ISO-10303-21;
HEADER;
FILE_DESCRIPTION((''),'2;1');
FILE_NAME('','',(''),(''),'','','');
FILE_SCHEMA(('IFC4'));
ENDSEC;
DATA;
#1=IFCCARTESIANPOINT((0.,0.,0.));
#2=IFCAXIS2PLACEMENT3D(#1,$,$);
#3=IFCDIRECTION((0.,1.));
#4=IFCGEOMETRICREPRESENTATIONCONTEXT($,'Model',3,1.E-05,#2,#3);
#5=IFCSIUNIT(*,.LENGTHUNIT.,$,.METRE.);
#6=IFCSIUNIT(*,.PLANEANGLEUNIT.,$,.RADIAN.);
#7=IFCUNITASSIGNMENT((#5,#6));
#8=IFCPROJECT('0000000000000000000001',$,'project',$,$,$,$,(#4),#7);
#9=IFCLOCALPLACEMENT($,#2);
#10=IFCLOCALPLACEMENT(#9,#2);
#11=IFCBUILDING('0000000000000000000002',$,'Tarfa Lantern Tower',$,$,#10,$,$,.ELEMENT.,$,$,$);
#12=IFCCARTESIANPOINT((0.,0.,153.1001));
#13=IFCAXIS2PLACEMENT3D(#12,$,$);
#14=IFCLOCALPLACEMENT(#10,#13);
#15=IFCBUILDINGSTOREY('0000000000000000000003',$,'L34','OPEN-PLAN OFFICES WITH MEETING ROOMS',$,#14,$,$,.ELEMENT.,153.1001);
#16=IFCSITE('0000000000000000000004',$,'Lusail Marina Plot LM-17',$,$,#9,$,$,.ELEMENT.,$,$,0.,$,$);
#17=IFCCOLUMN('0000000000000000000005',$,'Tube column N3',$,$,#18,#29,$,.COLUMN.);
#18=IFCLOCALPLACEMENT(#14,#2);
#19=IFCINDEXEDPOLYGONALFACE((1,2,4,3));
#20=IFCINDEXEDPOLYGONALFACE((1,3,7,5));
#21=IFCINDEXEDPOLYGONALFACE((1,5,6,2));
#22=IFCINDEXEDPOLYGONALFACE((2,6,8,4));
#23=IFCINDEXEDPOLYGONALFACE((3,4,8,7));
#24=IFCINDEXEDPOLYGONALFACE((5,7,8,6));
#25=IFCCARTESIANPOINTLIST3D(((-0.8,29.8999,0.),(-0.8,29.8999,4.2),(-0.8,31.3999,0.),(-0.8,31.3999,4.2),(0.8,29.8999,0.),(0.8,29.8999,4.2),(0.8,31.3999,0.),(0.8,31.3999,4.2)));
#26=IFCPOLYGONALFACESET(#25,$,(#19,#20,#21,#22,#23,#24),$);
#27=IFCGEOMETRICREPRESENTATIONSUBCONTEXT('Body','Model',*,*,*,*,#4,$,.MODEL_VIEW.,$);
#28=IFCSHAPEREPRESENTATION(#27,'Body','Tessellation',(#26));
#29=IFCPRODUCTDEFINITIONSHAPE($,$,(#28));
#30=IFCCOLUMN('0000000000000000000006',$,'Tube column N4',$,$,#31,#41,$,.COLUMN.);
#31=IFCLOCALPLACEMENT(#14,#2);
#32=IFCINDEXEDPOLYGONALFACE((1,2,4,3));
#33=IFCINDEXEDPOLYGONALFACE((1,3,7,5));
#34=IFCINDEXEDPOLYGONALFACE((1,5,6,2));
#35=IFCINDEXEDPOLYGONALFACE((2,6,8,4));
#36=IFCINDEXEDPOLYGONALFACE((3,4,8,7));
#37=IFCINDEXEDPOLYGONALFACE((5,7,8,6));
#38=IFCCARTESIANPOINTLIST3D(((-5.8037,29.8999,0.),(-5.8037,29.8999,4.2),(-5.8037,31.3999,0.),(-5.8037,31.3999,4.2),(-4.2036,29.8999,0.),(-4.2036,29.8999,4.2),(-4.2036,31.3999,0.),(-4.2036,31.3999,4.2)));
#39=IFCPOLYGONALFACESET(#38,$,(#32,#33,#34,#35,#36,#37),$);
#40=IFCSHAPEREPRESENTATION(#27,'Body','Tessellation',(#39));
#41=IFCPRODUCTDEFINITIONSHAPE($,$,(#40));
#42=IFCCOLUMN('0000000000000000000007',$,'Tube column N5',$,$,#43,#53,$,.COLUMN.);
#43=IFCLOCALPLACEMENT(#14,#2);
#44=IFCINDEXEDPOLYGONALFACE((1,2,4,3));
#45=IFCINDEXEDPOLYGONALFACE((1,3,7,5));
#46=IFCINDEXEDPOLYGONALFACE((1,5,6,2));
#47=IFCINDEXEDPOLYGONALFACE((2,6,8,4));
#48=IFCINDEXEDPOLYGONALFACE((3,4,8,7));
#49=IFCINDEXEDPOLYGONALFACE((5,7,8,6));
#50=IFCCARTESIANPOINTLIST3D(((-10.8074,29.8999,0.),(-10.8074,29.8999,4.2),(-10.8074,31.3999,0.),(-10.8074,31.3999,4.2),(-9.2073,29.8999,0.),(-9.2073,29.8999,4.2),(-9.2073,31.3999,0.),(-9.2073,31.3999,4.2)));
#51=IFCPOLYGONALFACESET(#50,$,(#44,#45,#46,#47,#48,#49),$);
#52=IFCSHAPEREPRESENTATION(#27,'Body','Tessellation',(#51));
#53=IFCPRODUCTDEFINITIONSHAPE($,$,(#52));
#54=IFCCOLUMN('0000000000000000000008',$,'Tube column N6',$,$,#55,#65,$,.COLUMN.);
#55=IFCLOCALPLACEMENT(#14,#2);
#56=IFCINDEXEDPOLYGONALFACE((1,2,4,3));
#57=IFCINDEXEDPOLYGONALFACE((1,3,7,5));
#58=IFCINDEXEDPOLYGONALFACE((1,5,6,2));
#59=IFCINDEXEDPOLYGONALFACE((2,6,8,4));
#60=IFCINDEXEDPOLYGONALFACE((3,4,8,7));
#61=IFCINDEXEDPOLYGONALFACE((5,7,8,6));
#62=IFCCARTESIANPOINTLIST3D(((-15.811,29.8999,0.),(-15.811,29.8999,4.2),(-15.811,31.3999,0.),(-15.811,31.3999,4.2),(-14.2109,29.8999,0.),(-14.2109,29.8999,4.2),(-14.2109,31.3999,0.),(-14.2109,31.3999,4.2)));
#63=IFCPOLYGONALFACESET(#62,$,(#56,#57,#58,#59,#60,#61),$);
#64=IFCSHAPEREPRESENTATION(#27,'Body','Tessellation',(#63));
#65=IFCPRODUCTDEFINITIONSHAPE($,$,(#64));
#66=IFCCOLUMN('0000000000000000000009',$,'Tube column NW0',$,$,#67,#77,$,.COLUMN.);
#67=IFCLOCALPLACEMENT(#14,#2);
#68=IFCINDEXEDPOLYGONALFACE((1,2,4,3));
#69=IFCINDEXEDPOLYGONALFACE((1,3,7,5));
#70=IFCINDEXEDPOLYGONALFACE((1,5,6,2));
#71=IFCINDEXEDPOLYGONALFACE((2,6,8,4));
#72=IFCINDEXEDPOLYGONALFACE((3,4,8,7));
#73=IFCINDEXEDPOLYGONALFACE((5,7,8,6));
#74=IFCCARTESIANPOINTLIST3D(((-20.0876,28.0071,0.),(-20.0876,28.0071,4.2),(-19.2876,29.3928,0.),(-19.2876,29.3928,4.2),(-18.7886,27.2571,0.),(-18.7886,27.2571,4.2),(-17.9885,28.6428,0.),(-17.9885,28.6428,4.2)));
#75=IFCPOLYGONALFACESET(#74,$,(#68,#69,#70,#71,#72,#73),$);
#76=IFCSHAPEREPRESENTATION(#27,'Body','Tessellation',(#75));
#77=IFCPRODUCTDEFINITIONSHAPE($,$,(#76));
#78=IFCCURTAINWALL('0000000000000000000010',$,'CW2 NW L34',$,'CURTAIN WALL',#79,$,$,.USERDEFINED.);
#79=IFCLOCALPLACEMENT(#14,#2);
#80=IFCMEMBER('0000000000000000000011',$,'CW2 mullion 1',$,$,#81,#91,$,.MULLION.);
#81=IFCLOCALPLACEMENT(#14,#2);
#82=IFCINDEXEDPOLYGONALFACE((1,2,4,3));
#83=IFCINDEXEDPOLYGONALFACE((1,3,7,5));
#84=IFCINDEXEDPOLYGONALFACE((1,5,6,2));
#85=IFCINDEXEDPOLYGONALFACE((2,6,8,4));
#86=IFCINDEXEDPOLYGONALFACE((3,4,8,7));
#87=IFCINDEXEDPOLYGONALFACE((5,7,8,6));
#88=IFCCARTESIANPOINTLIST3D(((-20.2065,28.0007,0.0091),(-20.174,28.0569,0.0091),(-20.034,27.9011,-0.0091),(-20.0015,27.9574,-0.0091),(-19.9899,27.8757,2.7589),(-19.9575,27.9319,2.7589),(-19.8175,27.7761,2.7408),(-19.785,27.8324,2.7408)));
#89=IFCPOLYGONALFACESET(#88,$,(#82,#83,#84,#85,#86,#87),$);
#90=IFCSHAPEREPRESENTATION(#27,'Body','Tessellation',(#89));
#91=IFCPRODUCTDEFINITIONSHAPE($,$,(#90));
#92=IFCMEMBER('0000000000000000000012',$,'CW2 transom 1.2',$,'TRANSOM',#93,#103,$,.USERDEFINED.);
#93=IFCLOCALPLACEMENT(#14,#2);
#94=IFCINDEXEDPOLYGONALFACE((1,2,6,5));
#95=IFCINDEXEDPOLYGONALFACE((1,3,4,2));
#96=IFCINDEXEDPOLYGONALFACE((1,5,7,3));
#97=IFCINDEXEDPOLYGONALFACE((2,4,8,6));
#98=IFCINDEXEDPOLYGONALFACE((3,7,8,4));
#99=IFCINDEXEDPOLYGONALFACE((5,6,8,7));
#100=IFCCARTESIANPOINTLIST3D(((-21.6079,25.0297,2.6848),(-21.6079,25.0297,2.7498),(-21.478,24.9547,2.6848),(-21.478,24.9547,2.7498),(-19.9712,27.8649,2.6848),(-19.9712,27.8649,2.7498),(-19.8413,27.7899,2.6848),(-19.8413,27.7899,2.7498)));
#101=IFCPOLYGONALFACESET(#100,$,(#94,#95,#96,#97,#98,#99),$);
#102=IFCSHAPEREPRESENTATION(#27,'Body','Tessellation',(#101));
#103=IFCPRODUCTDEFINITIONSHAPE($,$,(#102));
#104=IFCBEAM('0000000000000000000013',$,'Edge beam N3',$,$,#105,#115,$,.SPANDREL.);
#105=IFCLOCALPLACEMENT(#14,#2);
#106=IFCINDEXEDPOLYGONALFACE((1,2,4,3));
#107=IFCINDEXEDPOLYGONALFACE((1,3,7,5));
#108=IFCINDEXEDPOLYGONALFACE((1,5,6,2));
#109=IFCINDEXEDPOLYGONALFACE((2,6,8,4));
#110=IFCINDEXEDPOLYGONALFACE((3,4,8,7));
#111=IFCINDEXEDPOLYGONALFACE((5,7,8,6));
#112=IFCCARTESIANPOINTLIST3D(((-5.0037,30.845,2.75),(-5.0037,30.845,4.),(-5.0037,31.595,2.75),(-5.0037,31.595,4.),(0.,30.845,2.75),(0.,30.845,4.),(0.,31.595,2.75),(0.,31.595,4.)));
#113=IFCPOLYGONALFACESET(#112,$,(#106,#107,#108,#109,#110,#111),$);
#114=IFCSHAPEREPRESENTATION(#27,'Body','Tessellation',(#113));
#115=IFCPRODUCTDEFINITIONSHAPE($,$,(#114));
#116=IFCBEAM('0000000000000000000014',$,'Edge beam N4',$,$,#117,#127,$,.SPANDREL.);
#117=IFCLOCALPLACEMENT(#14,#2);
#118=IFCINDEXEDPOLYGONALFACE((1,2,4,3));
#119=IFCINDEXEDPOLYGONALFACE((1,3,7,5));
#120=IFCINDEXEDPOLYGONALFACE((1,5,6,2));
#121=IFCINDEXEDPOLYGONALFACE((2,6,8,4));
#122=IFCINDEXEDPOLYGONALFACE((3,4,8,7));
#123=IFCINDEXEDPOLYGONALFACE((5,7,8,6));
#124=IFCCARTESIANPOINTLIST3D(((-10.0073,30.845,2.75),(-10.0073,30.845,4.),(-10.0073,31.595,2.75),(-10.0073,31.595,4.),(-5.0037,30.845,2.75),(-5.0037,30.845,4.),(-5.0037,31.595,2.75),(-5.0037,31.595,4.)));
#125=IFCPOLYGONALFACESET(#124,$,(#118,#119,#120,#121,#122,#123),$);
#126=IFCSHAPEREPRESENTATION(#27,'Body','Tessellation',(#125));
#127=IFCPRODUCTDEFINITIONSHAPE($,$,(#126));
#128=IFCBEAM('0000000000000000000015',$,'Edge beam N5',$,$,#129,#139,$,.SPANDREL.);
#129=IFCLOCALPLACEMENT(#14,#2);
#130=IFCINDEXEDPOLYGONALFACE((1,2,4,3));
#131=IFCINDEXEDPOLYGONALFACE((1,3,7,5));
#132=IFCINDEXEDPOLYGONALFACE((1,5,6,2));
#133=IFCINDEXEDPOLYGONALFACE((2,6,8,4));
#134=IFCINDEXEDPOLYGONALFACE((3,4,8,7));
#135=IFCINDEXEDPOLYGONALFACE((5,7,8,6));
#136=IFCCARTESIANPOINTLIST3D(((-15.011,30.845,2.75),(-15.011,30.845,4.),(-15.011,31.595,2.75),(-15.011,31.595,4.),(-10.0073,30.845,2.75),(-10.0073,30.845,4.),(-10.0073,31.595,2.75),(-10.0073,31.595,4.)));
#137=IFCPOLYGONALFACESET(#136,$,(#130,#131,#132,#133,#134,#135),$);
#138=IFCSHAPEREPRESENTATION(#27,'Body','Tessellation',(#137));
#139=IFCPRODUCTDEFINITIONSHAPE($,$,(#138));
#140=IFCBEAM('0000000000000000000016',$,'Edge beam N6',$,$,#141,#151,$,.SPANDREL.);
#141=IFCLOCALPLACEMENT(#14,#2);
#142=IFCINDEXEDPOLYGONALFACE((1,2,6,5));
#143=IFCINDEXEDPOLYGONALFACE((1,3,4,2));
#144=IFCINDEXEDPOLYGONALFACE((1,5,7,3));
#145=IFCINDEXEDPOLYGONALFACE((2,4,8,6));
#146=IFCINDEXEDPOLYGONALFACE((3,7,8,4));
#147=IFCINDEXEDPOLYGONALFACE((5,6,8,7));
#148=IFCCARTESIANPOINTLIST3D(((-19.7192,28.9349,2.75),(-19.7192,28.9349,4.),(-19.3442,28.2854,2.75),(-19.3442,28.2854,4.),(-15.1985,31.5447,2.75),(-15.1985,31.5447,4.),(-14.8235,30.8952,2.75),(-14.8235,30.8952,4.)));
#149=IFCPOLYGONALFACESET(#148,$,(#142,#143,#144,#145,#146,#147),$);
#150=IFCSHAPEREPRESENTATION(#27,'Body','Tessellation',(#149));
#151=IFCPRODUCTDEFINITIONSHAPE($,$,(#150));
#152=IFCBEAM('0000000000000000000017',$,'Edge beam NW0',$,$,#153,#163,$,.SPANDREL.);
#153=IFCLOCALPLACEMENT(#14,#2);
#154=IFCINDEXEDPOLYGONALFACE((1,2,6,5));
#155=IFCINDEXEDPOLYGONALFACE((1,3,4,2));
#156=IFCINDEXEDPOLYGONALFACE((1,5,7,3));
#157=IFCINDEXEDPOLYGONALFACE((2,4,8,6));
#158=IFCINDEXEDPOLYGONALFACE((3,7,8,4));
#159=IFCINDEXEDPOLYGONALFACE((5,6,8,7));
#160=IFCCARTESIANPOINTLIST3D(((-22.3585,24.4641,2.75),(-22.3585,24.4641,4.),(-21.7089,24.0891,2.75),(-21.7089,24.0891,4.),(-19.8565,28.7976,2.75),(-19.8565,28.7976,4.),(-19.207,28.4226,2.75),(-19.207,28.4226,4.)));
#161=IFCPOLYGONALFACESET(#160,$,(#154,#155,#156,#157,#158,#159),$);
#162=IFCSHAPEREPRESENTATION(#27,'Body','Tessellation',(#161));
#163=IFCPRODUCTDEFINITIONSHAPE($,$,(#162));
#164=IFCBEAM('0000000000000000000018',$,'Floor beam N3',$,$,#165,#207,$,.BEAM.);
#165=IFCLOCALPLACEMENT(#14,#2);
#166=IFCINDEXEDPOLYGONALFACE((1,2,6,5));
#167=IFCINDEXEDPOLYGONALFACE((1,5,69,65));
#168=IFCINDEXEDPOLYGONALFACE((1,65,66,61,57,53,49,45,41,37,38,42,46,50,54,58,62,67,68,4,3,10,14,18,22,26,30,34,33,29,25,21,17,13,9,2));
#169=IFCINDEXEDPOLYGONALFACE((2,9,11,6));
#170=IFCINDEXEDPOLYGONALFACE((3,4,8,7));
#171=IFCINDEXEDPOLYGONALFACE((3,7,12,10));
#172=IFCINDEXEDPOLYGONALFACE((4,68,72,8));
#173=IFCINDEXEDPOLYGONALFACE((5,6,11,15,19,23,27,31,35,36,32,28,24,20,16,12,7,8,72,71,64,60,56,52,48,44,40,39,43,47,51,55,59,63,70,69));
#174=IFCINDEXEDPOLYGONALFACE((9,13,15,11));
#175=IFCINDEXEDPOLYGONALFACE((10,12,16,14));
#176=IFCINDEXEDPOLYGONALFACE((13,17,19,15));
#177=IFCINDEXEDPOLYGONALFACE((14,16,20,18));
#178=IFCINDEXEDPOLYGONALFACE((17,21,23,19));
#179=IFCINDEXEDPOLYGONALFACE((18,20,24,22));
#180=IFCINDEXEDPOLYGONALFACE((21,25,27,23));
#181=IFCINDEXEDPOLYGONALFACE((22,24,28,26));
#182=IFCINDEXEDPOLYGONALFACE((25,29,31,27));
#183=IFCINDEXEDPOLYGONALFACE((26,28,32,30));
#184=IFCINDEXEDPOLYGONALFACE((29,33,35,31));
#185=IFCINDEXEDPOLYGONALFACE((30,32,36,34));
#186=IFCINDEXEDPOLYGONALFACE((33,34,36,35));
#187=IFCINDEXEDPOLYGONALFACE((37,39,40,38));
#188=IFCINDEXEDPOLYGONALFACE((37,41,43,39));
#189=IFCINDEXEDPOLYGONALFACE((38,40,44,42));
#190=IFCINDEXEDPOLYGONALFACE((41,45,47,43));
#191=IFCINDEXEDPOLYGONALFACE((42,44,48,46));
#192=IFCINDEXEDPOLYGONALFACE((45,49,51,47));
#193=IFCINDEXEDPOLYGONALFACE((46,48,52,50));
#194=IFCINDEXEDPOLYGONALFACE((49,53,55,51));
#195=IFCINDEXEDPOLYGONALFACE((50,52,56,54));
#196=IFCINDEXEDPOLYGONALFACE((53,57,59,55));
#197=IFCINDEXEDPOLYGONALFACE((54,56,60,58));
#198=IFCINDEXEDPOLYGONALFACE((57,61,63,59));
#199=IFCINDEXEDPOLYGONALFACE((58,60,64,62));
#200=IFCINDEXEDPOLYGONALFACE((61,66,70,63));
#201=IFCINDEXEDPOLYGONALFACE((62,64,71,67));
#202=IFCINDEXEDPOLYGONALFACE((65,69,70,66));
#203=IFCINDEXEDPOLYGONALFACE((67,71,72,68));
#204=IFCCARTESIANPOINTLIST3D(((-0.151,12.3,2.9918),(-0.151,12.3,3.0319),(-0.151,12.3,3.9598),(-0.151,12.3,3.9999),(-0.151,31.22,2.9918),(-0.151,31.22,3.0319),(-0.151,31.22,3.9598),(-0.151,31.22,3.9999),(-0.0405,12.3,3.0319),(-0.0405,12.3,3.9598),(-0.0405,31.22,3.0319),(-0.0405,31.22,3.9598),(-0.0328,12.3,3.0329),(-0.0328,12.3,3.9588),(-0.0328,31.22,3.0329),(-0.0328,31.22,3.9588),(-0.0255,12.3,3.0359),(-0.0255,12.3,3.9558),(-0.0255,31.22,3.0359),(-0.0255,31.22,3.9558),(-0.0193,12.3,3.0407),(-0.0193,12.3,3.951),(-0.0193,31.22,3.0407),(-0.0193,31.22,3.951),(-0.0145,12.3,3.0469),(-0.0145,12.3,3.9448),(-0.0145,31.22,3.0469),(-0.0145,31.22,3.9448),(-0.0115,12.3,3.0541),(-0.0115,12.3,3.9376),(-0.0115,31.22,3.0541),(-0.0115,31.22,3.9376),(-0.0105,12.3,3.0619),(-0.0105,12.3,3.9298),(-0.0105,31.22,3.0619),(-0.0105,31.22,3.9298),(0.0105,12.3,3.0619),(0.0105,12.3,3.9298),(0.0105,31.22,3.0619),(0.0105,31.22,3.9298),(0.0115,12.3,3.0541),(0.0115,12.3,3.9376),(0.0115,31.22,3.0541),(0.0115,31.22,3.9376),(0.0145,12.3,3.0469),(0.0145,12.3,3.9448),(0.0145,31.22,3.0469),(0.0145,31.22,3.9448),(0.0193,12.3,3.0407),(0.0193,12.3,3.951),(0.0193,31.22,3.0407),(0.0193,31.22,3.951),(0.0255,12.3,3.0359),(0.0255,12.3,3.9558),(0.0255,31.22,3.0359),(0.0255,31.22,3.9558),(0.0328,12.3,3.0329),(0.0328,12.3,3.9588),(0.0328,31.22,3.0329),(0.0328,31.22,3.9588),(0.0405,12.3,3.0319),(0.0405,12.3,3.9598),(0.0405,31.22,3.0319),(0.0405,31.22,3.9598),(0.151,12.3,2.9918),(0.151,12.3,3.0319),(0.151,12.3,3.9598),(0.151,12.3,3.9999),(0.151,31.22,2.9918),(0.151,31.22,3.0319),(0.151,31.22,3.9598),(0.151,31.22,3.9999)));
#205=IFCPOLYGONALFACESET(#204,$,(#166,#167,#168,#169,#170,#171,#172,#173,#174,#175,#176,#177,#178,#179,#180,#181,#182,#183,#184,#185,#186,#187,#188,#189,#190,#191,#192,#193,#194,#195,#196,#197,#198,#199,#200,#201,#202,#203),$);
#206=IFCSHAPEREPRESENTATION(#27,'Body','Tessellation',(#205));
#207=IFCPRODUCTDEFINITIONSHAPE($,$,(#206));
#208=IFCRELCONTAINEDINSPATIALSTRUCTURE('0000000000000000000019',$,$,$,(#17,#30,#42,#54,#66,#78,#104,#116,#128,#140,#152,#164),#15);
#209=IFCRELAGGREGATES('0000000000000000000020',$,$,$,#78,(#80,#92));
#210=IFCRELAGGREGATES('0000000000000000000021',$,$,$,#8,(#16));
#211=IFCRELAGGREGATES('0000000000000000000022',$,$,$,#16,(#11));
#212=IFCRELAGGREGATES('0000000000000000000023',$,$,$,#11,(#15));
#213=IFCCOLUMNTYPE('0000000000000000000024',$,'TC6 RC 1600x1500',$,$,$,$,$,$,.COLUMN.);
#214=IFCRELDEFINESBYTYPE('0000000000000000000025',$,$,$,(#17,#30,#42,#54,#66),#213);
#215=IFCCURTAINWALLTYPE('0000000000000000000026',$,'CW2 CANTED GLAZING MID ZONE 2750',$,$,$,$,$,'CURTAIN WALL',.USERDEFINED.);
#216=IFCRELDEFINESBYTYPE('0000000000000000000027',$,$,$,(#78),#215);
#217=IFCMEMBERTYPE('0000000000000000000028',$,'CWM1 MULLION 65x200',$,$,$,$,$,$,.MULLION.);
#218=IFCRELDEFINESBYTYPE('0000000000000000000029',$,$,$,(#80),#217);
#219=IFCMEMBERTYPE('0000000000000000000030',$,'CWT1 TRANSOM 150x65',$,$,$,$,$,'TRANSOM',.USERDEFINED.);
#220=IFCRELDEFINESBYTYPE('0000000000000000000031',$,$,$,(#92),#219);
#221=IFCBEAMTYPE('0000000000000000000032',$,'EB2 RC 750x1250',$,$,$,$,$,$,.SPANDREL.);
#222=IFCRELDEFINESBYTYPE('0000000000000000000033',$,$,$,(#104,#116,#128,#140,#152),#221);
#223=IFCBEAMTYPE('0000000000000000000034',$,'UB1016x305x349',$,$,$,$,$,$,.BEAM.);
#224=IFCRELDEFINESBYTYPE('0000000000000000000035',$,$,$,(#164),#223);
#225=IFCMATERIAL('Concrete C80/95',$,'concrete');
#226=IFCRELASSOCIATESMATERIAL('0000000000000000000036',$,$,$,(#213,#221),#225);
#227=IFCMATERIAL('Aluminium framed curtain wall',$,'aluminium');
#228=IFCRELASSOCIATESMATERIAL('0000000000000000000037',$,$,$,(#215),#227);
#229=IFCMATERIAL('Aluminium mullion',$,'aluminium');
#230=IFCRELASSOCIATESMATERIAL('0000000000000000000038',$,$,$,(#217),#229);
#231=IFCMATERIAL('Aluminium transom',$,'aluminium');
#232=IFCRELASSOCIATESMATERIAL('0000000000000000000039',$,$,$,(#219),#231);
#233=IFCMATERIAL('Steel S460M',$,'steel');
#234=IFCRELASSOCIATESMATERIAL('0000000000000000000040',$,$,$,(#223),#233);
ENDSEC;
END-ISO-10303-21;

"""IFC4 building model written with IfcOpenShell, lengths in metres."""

from ifc_helpers import new_model, si_unit, direction, frame, origin, origin_2d, place, context, subcontext, project, spatial, rectangle, i_section, extrude, material, material_profile, profile_set, type_object, element, aggregate, save


model = new_model("IFC4")

# Units and contexts
model_context = context("Model", 3, precision=1e-05, world=origin(), true_north=direction((0.0, 1.0)))
body_context = subcontext(model_context, "Body", "Model", "MODEL_VIEW")
ifc_project = project(units=[si_unit("LENGTHUNIT", "METRE"), si_unit("PLANEANGLEUNIT", "RADIAN")], contexts=[model_context])

# Site, building, storey
site_placement = place(None, origin())
site = spatial("IfcSite", under=ifc_project, at=site_placement, Name="Lusail Marina Plot LM-17", CompositionType="ELEMENT", RefElevation=0.0)
building_placement = place(site_placement, origin())
building = spatial("IfcBuilding", under=site, at=building_placement, Name="Tarfa Lantern Tower", CompositionType="ELEMENT")
storey_placement = place(building_placement, frame((0.0, 0.0, 153.1001)))
storey = spatial("IfcBuildingStorey", under=building, at=storey_placement, Name="L34", Description="OPEN-PLAN OFFICES WITH MEETING ROOMS", CompositionType="ELEMENT", Elevation=153.1001)

# Columns
ifc_material_1 = material(Name="Concrete C80/95", Category="concrete")
ifc_material_profile_1 = material_profile(ifc_material_1, rectangle(XDim=1.6001, YDim=1.5, at=origin_2d()), Name="RC 1600x1500")
ifc_profile_set_1 = profile_set([ifc_material_profile_1], Name="Concrete C80/95")
column_type = type_object("IfcColumnType", Name="TC6 RC 1600x1500", PredefinedType="COLUMN", material=ifc_profile_set_1)
for number, where, z_axis, x_axis, name in (
    (1, (0.0, 30.6499, 0.0), (0.0, 0.0, 1.0), (-1.0, 0.0, 0.0), "Tube column N3"),
    (2, (-5.0037, 30.6499, 0.0), (0.0, 0.0, 1.0), (-1.0, 0.0, 0.0), "Tube column N4"),
    (3, (-10.0073, 30.6499, 0.0), (0.0, 0.0, 1.0), (-1.0, 0.0, 0.0), "Tube column N5"),
    (4, (-15.011, 30.6499, 0.0), (0.0, 0.0, 1.0), (-1.0, 0.0, 0.0), "Tube column N6"),
    (5, (-19.0381, 28.325, 0.0), (0.0, 0.0, 1.0), (-0.5, -0.866025, 0.0), "Tube column NW0"),
):
    element("IfcColumn", number, at=place(storey_placement, frame(where, z_axis=z_axis, x_axis=x_axis)), inside=storey, type_object=column_type, Name=name, PredefinedType="COLUMN", context=body_context, shape_type="SweptSolid", body=[
        extrude(rectangle(XDim=1.6001, YDim=1.5, at=origin_2d()), origin(), (0.0, 0.0, 1.0), 4.2),
    ])

# Curtain wall, members
ifc_material_2 = material(Name="Aluminium framed curtain wall", Category="aluminium")
curtain_wall_type = type_object("IfcCurtainWallType", Name="CW2 CANTED GLAZING MID ZONE 2750", ElementType="CURTAIN WALL", PredefinedType="USERDEFINED", material=ifc_material_2)
curtain_wall_placement = place(storey_placement, origin())
curtain_wall = element("IfcCurtainWall", 6, at=curtain_wall_placement, inside=storey, type_object=curtain_wall_type, Name="CW2 NW L34", ObjectType="CURTAIN WALL", PredefinedType="USERDEFINED")
ifc_material_3 = material(Name="Aluminium mullion", Category="aluminium")
ifc_material_profile_2 = material_profile(ifc_material_3, rectangle(XDim=0.0649, YDim=0.2, at=origin_2d()), Name="AL MULLION 65x200")
ifc_profile_set_2 = profile_set([ifc_material_profile_2], Name="Aluminium mullion")
member_type_1 = type_object("IfcMemberType", Name="CWM1 MULLION 65x200", PredefinedType="MULLION", material=ifc_profile_set_2)
member_1_placement = place(storey_placement, frame((-20.104, 27.979, 0.0), z_axis=(0.078423, -0.045268, 0.995892), x_axis=(0.49992, 0.866072, 0.0)))
member_1 = element("IfcMember", 7, at=member_1_placement, type_object=member_type_1, Name="CW2 mullion 1", PredefinedType="MULLION", context=body_context, shape_type="SweptSolid", body=[
    extrude(rectangle(XDim=0.0649, YDim=0.2, at=origin_2d()), origin(), (0.0, 0.0, 1.0), 2.7612),
])
ifc_material_4 = material(Name="Aluminium transom", Category="aluminium")
ifc_material_profile_3 = material_profile(ifc_material_4, rectangle(XDim=0.1499, YDim=0.0649, at=origin_2d()), Name="AL TRANSOM 150x65")
ifc_profile_set_3 = profile_set([ifc_material_profile_3], Name="Aluminium transom")
member_type_2 = type_object("IfcMemberType", Name="CWT1 TRANSOM 150x65", ElementType="TRANSOM", PredefinedType="USERDEFINED", material=ifc_profile_set_3)
member_2_placement = place(storey_placement, frame((-19.9062, 27.8274, 2.7173), z_axis=(-0.499957, -0.86605, 0.0), x_axis=(0.86605, -0.499957, 0.0)))
member_2 = element("IfcMember", 8, at=member_2_placement, type_object=member_type_2, Name="CW2 transom 1.2", ObjectType="TRANSOM", PredefinedType="USERDEFINED", context=body_context, shape_type="SweptSolid", body=[
    extrude(rectangle(XDim=0.1499, YDim=0.0649, at=origin_2d()), origin(), (0.0, 0.0, 1.0), 3.2737),
])

# Beams
ifc_material_profile_4 = material_profile(ifc_material_1, rectangle(XDim=0.75, YDim=1.25, at=origin_2d()), Name="RC 750x1250")
ifc_profile_set_4 = profile_set([ifc_material_profile_4], Name="Concrete C80/95")
beam_type_1 = type_object("IfcBeamType", Name="EB2 RC 750x1250", PredefinedType="SPANDREL", material=ifc_profile_set_4)
for number, where, z_axis, x_axis, name in (
    (9, (0.0, 31.22, 3.375), (-1.0, 0.0, 0.0), (0.0, -1.0, 0.0), "Edge beam N3"),
    (10, (-5.0037, 31.22, 3.375), (-1.0, 0.0, 0.0), (0.0, -1.0, 0.0), "Edge beam N4"),
    (11, (-10.0073, 31.22, 3.375), (-1.0, 0.0, 0.0), (0.0, -1.0, 0.0), "Edge beam N5"),
):
    element("IfcBeam", number, at=place(storey_placement, frame(where, z_axis=z_axis, x_axis=x_axis)), inside=storey, type_object=beam_type_1, Name=name, PredefinedType="SPANDREL", context=body_context, shape_type="SweptSolid", body=[
        extrude(rectangle(XDim=0.75, YDim=1.25, at=origin_2d()), origin(), (0.0, 0.0, 1.0), 5.0037),
    ])
beam_1_placement = place(storey_placement, frame((-15.011, 31.22, 3.375), z_axis=(-0.866042, -0.499972, 0.0), x_axis=(0.499972, -0.866042, 0.0)))
element("IfcBeam", 12, at=beam_1_placement, inside=storey, type_object=beam_type_1, Name="Edge beam N6", PredefinedType="SPANDREL", context=body_context, shape_type="SweptSolid", body=[
    extrude(rectangle(XDim=0.75, YDim=1.25, at=origin_2d()), origin(), (0.0, 0.0, 1.0), 5.22),
])
beam_2_placement = place(storey_placement, frame((-19.5317, 28.6101, 3.375), z_axis=(-0.500001, -0.866025, 0.0), x_axis=(0.866025, -0.500001, 0.0)))
element("IfcBeam", 13, at=beam_2_placement, inside=storey, type_object=beam_type_1, Name="Edge beam NW0", PredefinedType="SPANDREL", context=body_context, shape_type="SweptSolid", body=[
    extrude(rectangle(XDim=0.75, YDim=1.25, at=origin_2d()), origin(), (0.0, 0.0, 1.0), 5.0039),
])
ifc_material_5 = material(Name="Steel S460M", Category="steel")
ifc_material_profile_5 = material_profile(ifc_material_5, i_section(OverallWidth=0.302, OverallDepth=1.0081, WebThickness=0.021, FlangeThickness=0.04, FilletRadius=0.03, at=origin_2d()), Name="UB1016x305x349")
ifc_profile_set_5 = profile_set([ifc_material_profile_5], Name="Steel S460M")
beam_type_2 = type_object("IfcBeamType", Name="UB1016x305x349", PredefinedType="BEAM", material=ifc_profile_set_5)
for number, where, z_axis, x_axis, name in (
    (14, (0.0, 31.22, 3.4958), (0.0, -1.0, 0.0), (1.0, 0.0, 0.0), "Floor beam N3"),
):
    element("IfcBeam", number, at=place(storey_placement, frame(where, z_axis=z_axis, x_axis=x_axis)), inside=storey, type_object=beam_type_2, Name=name, PredefinedType="BEAM", context=body_context, shape_type="SweptSolid", body=[
        extrude(i_section(OverallWidth=0.302, OverallDepth=1.0081, WebThickness=0.021, FlangeThickness=0.04, FilletRadius=0.03, at=origin_2d()), origin(), (0.0, 0.0, 1.0), 18.9199),
    ])

aggregate(curtain_wall, [member_1, member_2])

save(model, "model.ifc")
